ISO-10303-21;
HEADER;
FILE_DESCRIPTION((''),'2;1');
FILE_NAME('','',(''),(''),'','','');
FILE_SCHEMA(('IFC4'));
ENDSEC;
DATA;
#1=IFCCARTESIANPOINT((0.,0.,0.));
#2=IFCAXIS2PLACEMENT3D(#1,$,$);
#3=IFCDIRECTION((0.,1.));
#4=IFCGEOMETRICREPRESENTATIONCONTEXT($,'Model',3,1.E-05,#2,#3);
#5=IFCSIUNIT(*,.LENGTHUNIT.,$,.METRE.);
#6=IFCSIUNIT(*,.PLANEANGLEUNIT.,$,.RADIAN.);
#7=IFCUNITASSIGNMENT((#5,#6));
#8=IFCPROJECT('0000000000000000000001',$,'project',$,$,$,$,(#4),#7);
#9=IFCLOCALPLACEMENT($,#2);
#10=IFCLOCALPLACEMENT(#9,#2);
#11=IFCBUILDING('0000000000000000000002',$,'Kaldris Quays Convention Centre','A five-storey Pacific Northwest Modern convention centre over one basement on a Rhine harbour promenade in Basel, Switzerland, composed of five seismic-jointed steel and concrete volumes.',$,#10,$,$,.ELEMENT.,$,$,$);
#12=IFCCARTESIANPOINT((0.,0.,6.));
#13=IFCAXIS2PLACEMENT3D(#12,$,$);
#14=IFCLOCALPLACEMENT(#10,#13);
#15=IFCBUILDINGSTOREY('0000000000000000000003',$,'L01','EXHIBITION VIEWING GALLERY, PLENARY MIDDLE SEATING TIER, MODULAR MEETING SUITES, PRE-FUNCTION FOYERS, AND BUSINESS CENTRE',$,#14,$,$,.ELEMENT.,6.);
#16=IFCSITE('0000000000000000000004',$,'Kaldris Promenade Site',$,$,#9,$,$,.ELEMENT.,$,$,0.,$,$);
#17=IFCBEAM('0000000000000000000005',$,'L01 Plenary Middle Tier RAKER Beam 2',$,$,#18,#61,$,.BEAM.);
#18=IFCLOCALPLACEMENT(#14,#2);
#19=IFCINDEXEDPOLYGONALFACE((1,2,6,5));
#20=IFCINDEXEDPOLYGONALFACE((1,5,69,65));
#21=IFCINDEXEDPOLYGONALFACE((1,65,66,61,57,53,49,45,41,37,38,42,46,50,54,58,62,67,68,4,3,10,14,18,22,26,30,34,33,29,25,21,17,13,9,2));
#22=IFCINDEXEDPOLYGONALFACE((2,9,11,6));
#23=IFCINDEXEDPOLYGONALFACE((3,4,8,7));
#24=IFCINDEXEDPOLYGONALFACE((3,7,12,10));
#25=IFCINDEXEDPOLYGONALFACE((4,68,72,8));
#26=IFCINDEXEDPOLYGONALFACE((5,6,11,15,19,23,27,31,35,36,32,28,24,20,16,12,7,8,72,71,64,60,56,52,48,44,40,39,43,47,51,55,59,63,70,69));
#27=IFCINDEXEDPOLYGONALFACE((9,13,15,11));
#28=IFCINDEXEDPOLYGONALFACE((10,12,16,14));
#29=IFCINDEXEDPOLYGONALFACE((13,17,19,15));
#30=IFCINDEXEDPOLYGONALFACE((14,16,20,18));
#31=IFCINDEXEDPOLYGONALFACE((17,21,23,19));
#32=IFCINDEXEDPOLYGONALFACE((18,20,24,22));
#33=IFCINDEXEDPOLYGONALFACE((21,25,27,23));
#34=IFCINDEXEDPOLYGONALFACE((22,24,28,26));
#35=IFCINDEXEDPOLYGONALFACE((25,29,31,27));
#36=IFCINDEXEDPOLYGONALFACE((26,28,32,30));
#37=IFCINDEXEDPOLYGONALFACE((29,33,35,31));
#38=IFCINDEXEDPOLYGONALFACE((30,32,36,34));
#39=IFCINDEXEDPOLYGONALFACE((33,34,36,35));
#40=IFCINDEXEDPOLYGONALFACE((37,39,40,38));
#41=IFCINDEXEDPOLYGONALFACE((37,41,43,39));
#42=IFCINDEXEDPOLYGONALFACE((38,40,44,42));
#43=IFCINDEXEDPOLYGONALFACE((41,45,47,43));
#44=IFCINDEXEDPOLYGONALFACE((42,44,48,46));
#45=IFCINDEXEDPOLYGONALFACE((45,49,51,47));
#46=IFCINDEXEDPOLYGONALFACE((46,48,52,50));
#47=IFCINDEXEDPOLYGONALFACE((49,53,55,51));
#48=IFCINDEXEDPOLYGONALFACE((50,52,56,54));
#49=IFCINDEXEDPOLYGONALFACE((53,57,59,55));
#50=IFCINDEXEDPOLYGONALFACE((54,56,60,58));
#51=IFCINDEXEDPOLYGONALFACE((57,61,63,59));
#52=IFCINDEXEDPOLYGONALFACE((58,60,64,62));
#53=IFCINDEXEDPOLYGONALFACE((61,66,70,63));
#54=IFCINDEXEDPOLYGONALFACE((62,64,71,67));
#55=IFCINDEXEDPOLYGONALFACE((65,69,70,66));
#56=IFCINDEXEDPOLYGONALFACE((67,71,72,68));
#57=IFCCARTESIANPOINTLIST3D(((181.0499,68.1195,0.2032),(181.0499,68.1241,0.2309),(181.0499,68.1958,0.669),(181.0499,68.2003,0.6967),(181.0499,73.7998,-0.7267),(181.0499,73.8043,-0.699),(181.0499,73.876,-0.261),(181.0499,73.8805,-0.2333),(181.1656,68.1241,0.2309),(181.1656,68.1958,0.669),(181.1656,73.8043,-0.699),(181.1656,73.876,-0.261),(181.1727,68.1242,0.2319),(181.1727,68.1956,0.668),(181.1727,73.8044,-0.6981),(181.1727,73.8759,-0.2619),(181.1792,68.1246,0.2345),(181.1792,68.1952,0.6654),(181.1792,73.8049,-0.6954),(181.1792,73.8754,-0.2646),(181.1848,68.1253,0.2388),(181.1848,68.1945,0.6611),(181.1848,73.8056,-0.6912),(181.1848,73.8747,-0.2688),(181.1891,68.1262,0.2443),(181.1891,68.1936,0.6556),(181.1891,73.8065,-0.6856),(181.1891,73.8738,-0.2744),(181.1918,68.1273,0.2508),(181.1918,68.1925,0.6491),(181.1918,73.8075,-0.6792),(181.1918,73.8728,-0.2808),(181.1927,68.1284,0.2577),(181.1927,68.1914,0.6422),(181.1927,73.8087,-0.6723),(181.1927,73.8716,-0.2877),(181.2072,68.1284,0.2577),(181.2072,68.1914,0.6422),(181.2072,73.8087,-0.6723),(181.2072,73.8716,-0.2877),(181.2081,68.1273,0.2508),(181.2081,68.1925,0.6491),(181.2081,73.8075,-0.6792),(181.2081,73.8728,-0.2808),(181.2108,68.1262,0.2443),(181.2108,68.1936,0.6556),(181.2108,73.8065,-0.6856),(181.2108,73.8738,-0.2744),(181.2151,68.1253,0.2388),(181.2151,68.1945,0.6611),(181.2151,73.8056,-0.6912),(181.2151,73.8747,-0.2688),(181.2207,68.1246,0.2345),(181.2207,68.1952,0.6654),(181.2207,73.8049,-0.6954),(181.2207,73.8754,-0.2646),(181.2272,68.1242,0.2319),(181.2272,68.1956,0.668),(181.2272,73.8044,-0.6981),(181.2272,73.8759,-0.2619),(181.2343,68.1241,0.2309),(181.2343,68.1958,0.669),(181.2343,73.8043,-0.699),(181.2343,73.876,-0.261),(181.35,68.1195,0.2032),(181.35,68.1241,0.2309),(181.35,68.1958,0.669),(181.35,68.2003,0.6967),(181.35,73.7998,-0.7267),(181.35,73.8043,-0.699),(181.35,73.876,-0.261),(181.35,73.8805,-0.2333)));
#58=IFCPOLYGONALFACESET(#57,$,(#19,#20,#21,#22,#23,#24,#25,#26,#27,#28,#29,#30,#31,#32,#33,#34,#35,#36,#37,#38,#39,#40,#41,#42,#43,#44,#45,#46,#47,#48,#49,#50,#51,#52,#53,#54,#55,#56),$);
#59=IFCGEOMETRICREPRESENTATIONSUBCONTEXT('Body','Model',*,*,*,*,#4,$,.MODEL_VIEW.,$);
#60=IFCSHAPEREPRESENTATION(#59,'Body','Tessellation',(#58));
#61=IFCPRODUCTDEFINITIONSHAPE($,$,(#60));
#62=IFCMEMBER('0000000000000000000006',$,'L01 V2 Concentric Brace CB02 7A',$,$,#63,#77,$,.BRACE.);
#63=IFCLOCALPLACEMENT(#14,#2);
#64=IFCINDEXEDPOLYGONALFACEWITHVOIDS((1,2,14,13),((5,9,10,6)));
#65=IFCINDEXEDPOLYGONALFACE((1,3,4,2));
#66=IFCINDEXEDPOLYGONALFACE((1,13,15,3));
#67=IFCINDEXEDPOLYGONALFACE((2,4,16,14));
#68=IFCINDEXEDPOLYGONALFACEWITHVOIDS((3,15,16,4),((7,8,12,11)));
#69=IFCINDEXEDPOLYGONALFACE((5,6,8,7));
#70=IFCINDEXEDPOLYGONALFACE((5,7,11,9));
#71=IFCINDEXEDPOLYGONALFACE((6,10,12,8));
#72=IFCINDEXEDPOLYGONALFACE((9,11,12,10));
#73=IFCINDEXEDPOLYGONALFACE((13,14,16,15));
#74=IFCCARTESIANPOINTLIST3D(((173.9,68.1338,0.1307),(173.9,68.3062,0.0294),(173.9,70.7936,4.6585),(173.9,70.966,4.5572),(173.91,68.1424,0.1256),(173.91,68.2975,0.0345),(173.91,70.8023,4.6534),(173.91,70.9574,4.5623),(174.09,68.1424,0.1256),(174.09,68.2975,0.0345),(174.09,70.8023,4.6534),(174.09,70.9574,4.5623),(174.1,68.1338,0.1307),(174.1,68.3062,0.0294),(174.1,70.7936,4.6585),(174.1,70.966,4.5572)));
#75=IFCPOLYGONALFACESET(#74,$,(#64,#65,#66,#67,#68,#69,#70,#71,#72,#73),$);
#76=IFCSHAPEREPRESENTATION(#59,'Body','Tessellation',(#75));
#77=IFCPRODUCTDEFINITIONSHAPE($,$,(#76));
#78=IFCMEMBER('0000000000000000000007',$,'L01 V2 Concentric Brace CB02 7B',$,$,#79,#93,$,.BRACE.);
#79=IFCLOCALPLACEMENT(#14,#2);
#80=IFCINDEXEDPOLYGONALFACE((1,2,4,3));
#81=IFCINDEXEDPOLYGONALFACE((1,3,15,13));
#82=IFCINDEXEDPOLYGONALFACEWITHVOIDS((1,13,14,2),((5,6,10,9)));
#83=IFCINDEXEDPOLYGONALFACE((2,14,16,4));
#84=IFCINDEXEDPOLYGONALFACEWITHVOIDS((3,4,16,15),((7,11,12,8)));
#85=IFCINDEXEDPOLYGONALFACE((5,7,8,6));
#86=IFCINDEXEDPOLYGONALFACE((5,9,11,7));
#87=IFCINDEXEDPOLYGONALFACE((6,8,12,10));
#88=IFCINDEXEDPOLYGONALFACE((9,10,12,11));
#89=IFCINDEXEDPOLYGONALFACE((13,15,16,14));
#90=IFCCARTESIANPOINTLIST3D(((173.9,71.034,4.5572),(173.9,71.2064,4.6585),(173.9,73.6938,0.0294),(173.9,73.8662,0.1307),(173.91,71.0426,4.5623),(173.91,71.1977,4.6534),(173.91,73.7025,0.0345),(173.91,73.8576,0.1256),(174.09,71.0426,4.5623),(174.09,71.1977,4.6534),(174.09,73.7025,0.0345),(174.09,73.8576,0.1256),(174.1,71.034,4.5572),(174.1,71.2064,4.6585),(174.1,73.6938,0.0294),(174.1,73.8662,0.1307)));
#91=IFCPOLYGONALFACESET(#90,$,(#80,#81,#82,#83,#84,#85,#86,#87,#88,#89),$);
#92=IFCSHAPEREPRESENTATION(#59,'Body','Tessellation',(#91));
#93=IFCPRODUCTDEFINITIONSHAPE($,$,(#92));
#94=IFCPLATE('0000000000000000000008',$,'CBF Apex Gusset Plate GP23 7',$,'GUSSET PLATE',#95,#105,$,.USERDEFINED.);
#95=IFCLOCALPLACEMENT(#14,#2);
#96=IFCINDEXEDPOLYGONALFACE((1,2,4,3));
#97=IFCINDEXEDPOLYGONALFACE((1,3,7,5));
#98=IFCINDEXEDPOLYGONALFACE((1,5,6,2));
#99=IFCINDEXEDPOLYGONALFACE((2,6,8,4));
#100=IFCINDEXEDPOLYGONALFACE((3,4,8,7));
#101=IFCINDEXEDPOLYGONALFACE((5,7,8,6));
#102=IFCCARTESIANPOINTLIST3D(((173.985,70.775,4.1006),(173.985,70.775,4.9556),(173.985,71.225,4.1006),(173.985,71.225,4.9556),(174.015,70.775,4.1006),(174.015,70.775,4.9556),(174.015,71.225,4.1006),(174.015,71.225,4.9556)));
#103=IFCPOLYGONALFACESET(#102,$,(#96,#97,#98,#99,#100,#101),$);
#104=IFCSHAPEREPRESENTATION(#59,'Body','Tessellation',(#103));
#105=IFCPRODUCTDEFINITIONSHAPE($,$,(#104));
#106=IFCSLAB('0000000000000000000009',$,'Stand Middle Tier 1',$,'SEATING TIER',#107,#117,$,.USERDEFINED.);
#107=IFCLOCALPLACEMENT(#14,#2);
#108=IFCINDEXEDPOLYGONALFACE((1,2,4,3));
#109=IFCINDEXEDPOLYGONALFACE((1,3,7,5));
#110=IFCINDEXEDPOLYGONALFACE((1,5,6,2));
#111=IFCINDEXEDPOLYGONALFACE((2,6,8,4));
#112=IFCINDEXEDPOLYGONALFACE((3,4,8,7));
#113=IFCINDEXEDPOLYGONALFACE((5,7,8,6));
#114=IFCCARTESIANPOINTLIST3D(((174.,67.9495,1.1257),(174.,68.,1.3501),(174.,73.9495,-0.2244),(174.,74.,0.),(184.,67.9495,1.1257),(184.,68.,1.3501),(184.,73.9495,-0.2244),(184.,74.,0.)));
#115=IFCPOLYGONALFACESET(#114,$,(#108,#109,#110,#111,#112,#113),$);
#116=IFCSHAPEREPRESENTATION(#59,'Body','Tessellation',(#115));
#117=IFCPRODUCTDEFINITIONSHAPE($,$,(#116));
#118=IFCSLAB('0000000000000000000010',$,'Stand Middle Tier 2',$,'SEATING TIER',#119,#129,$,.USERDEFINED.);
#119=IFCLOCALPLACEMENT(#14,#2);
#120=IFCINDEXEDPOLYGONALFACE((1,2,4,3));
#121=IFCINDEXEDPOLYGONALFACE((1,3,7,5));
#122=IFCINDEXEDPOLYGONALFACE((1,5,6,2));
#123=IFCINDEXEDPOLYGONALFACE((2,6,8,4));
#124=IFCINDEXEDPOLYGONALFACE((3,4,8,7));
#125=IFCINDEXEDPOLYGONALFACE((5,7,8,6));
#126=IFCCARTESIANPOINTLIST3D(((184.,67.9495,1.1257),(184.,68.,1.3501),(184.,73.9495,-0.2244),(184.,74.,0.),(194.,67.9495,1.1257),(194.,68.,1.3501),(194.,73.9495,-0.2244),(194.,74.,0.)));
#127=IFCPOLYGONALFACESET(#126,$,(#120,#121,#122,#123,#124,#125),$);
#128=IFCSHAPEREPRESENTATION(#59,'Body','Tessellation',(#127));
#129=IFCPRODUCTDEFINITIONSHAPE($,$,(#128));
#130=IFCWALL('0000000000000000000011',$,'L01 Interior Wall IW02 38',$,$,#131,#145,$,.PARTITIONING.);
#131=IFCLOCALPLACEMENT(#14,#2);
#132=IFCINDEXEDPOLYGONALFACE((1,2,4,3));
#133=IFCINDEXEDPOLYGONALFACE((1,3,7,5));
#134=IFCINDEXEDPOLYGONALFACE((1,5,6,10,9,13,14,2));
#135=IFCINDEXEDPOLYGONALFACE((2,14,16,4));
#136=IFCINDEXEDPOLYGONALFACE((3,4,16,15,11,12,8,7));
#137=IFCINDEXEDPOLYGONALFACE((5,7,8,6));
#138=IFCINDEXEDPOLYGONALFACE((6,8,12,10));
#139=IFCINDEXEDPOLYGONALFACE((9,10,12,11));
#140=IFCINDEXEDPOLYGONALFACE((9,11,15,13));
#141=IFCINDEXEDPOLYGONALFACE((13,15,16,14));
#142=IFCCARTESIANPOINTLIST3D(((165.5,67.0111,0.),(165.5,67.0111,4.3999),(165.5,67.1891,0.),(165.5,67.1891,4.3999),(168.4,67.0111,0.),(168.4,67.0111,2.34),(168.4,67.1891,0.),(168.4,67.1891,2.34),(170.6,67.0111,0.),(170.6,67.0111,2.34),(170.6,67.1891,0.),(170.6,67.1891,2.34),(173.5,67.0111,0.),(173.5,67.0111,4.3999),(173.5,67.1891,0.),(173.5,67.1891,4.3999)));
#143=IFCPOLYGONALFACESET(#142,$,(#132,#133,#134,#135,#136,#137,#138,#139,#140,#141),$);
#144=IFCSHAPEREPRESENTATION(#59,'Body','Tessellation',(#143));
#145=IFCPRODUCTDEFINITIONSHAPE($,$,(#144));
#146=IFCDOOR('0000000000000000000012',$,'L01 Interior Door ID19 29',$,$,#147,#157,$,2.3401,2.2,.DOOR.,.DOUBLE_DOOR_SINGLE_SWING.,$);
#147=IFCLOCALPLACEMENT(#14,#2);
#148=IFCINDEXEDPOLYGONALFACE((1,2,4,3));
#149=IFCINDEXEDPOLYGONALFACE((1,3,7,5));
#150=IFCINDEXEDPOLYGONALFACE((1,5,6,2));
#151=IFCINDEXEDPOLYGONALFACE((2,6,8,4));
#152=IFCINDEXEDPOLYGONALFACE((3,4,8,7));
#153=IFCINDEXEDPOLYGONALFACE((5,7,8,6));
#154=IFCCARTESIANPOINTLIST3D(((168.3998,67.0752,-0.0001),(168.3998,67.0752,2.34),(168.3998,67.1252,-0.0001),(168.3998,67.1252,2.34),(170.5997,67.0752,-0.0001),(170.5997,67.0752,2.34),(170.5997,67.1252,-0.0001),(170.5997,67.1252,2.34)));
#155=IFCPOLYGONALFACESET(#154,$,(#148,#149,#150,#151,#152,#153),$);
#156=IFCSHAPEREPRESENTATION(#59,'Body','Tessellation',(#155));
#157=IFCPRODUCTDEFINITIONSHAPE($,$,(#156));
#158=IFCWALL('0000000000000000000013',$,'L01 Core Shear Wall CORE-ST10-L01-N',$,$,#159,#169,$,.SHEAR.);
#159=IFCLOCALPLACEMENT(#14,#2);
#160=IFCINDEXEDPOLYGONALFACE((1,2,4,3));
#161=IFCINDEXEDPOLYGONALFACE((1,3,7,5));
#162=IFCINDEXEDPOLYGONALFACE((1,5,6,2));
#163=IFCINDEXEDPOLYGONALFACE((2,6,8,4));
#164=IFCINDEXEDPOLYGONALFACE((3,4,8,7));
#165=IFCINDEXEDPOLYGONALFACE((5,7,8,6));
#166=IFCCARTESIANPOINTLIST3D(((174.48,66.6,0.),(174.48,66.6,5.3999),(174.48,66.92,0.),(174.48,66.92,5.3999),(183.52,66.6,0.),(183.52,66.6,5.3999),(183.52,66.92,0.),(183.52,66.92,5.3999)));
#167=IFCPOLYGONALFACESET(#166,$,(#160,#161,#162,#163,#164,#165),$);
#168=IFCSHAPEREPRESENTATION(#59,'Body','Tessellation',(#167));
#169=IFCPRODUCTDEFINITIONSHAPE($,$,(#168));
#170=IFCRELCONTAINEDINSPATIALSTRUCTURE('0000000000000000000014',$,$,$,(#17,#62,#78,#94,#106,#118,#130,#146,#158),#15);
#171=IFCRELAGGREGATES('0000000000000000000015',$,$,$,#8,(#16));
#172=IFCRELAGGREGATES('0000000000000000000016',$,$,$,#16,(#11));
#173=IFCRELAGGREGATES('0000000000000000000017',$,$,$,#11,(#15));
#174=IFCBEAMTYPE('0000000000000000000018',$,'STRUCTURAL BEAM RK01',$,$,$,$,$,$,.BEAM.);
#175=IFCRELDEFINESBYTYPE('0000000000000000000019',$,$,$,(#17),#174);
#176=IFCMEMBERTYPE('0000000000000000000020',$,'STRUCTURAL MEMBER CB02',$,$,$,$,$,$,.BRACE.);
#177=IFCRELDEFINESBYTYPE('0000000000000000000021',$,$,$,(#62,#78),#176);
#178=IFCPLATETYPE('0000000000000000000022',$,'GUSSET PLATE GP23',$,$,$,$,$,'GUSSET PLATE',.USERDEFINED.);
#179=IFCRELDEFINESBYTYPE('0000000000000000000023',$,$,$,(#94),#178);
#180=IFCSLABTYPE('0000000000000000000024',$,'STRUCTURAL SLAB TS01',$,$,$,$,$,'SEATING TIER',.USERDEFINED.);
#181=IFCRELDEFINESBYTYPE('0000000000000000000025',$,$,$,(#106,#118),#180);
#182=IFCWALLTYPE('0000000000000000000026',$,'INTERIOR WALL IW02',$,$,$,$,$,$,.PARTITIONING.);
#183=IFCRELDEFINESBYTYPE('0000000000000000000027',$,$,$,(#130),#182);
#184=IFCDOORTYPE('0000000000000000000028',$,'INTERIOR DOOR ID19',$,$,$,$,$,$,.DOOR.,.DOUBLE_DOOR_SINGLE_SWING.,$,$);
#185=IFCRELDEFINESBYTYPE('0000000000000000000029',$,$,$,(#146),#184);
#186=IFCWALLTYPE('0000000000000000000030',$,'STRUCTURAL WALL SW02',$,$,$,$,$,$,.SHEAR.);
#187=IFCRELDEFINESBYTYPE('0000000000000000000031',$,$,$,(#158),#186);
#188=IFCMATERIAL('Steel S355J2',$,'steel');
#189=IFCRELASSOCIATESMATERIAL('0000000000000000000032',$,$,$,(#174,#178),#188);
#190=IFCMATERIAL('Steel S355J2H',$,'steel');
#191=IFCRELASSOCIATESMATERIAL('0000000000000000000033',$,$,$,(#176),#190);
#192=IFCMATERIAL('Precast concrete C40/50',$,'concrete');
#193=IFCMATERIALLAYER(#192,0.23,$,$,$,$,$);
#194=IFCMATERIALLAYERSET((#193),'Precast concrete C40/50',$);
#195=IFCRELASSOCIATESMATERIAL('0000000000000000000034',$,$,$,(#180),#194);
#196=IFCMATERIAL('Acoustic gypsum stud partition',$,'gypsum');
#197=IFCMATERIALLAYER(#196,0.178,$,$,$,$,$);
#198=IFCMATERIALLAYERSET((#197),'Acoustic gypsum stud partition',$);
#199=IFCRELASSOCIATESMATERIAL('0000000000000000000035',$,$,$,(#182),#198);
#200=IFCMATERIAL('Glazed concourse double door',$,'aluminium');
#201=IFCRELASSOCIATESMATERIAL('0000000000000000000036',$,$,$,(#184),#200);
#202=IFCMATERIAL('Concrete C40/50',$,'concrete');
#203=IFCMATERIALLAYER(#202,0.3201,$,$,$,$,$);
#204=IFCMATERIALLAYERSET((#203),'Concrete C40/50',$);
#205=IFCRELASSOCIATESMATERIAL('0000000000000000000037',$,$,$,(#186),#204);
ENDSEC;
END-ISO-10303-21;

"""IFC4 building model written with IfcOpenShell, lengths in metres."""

from ifc_helpers import new_model, si_unit, direction, frame, frame_2d, origin, origin_2d, place, context, subcontext, project, spatial, polyline, rectangle, hollow_rectangle, i_section, outline, extrude, material, layer, layer_set, material_profile, profile_set, type_object, element, fill, save


model = new_model("IFC4")

# Units and contexts
model_context = context("Model", 3, precision=1e-05, world=origin(), true_north=direction((0.0, 1.0)))
body_context = subcontext(model_context, "Body", "Model", "MODEL_VIEW")
ifc_project = project(units=[si_unit("LENGTHUNIT", "METRE"), si_unit("PLANEANGLEUNIT", "RADIAN")], contexts=[model_context])

# Site, building, storey
site_placement = place(None, origin())
site = spatial("IfcSite", under=ifc_project, at=site_placement, Name="Kaldris Promenade Site", CompositionType="ELEMENT", RefElevation=0.0)
building_placement = place(site_placement, origin())
building = spatial("IfcBuilding", under=site, at=building_placement, Name="Kaldris Quays Convention Centre", Description="A five-storey Pacific Northwest Modern convention centre over one basement on a Rhine harbour promenade in Basel, Switzerland, composed of five seismic-jointed steel and concrete volumes.", CompositionType="ELEMENT")
storey_placement = place(building_placement, frame((0.0, 0.0, 6.0)))
storey = spatial("IfcBuildingStorey", under=building, at=storey_placement, Name="L01", Description="EXHIBITION VIEWING GALLERY, PLENARY MIDDLE SEATING TIER, MODULAR MEETING SUITES, PRE-FUNCTION FOYERS, AND BUSINESS CENTRE", CompositionType="ELEMENT", Elevation=6.0)

# Shared definitions
ifc_material_1 = material(Name="Steel S355J2", Category="steel")

# Beam
ifc_material_profile_1 = material_profile(ifc_material_1, i_section(OverallWidth=0.3, OverallDepth=0.5, WebThickness=0.0144, FlangeThickness=0.0281, FilletRadius=0.0271, at=origin_2d()), Name="HEB 500")
ifc_profile_set_1 = profile_set([ifc_material_profile_1], Name="Steel S355J2")
beam_type_1 = type_object("IfcBeamType", Name="STRUCTURAL BEAM RK01", PredefinedType="BEAM", material=ifc_profile_set_1)
for number, where, z_axis, x_axis, name in (
    (1, (181.2, 68.1599, 0.45), (0.0, 0.986862, -0.161564), (-1.0, 0.0, 0.0), "L01 Plenary Middle Tier RAKER Beam 2"),
):
    element("IfcBeam", number, at=place(storey_placement, frame(where, z_axis=z_axis, x_axis=x_axis)), inside=storey, type_object=beam_type_1, Name=name, PredefinedType="BEAM", context=body_context, shape_type="SweptSolid", body=[
        extrude(i_section(OverallWidth=0.3, OverallDepth=0.5, WebThickness=0.0144, FlangeThickness=0.0281, FilletRadius=0.0271, at=origin_2d()), origin(), (0.0, 0.0, 1.0), 5.7559),
    ])

# Members
ifc_material_2 = material(Name="Steel S355J2H", Category="steel")
ifc_material_profile_2 = material_profile(ifc_material_2, hollow_rectangle(XDim=0.2, YDim=0.2, WallThickness=0.01, at=origin_2d()), Name="SHS 200x200x10")
ifc_profile_set_2 = profile_set([ifc_material_profile_2], Name="Steel S355J2H")
member_type = type_object("IfcMemberType", Name="STRUCTURAL MEMBER CB02", PredefinedType="BRACE", material=ifc_profile_set_2)
for number, where, z_axis, x_axis, name in (
    (2, (174.0, 68.22, 0.0801), (0.0, 0.506522, 0.862227), (-1.0, 0.0, 0.0), "L01 V2 Concentric Brace CB02 7A"),
    (3, (174.0, 73.78, 0.0801), (0.0, -0.506522, 0.862227), (1.0, 0.0, 0.0), "L01 V2 Concentric Brace CB02 7B"),
):
    element("IfcMember", number, at=place(storey_placement, frame(where, z_axis=z_axis, x_axis=x_axis)), inside=storey, type_object=member_type, Name=name, PredefinedType="BRACE", context=body_context, shape_type="SweptSolid", body=[
        extrude(hollow_rectangle(XDim=0.2, YDim=0.2, WallThickness=0.01, at=origin_2d()), origin(), (0.0, 0.0, 1.0), 5.2512),
    ])

# Plate
plate_type = type_object("IfcPlateType", Name="GUSSET PLATE GP23", ElementType="GUSSET PLATE", PredefinedType="USERDEFINED", material=ifc_material_1)
plate_placement = place(storey_placement, frame((174.0, 71.0, 4.1006), z_axis=(0.0, 0.0, 1.0), x_axis=(1.0, 0.0, 0.0)))
element("IfcPlate", 4, at=plate_placement, inside=storey, type_object=plate_type, Name="CBF Apex Gusset Plate GP23 7", ObjectType="GUSSET PLATE", PredefinedType="USERDEFINED", context=body_context, shape_type="SweptSolid", body=[
    extrude(rectangle(XDim=0.03, YDim=0.45, at=origin_2d()), origin(), (0.0, 0.0, 1.0), 0.855),
])

# Slabs
ifc_material_3 = material(Name="Precast concrete C40/50", Category="concrete")
ifc_layer_1 = layer(ifc_material_3, 0.23)
ifc_layer_set_1 = layer_set([ifc_layer_1], Name="Precast concrete C40/50")
slab_type = type_object("IfcSlabType", Name="STRUCTURAL SLAB TS01", ElementType="SEATING TIER", PredefinedType="USERDEFINED", material=ifc_layer_set_1)
for number, where, z_axis, x_axis, name in (
    (5, (174.0, 68.0, 1.3501), (0.0, 0.219527, 0.975606), (1.0, 0.0, 0.0), "Stand Middle Tier 1"),
    (6, (184.0, 68.0, 1.3501), (0.0, 0.219527, 0.975606), (1.0, 0.0, 0.0), "Stand Middle Tier 2"),
):
    element("IfcSlab", number, at=place(storey_placement, frame(where, z_axis=z_axis, x_axis=x_axis)), inside=storey, type_object=slab_type, Name=name, ObjectType="SEATING TIER", PredefinedType="USERDEFINED", context=body_context, shape_type="SweptSolid", body=[
        extrude(outline(polyline([(0.0, 0.0), (10.0, 0.0), (10.0, 6.15), (0.0, 6.15), (0.0, 0.0)])), origin(), (0.0, 0.0, -1.0), 0.23),
    ])

# Wall, opening, door
ifc_material_4 = material(Name="Acoustic gypsum stud partition", Category="gypsum")
ifc_layer_2 = layer(ifc_material_4, 0.178)
ifc_layer_set_2 = layer_set([ifc_layer_2], Name="Acoustic gypsum stud partition")
wall_type_1 = type_object("IfcWallType", Name="INTERIOR WALL IW02", PredefinedType="PARTITIONING", material=ifc_layer_set_2)
wall_1_placement = place(storey_placement, frame((165.5, 67.1001, 0.0), z_axis=(0.0, 0.0, 1.0), x_axis=(1.0, 0.0, 0.0)))
wall_1 = element("IfcWall", 7, at=wall_1_placement, inside=storey, type_object=wall_type_1, Name="L01 Interior Wall IW02 38", PredefinedType="PARTITIONING", context=body_context, shape_type="SweptSolid", body=[
    extrude(rectangle(XDim=8.0, YDim=0.178, at=frame_2d((4.0, 0.0))), origin(), (0.0, 0.0, 1.0), 4.3999),
])
opening_1_placement = place(wall_1_placement, frame((2.8999, 0.0, 0.0)))
opening_1 = element("IfcOpeningElement", 8, at=opening_1_placement, cuts=wall_1, PredefinedType="OPENING", context=body_context, shape_type="SweptSolid", body=[
    extrude(rectangle(XDim=2.2, YDim=2.3401, at=frame_2d((1.1001, 1.1699))), frame((0.0, 0.0991, 0.0), z_axis=(0.0, -1.0, 0.0), x_axis=(1.0, 0.0, 0.0)), (0.0, 0.0, 1.0), 0.198),
])
ifc_material_5 = material(Name="Glazed concourse double door", Category="aluminium")
door_type_1 = type_object("IfcDoorType", Name="INTERIOR DOOR ID19", OperationType="DOUBLE_DOOR_SINGLE_SWING", PredefinedType="DOOR", material=ifc_material_5)
door_1_placement = place(opening_1_placement, frame((2.2, 0.0, 0.0), z_axis=(0.0, 0.0, 1.0), x_axis=(-1.0, 0.0, 0.0)))
door_1 = element("IfcDoor", 9, at=door_1_placement, inside=storey, type_object=door_type_1, Name="L01 Interior Door ID19 29", OperationType="DOUBLE_DOOR_SINGLE_SWING", OverallHeight=2.3401, OverallWidth=2.2, PredefinedType="DOOR", context=body_context, shape_type="SweptSolid", body=[
    extrude(rectangle(XDim=2.2, YDim=2.3401, at=frame_2d((1.1001, 1.1699))), frame((0.0, 0.0249, 0.0), z_axis=(0.0, -1.0, 0.0), x_axis=(1.0, 0.0, 0.0)), (0.0, 0.0, 1.0), 0.05),
])
fill(opening_1, door_1)

# Wall
ifc_material_6 = material(Name="Concrete C40/50", Category="concrete")
ifc_layer_3 = layer(ifc_material_6, 0.3201)
ifc_layer_set_3 = layer_set([ifc_layer_3], Name="Concrete C40/50")
wall_type_2 = type_object("IfcWallType", Name="STRUCTURAL WALL SW02", PredefinedType="SHEAR", material=ifc_layer_set_3)
wall_2_placement = place(storey_placement, frame((174.48, 66.76, 0.0), z_axis=(0.0, 0.0, 1.0), x_axis=(1.0, 0.0, 0.0)))
element("IfcWall", 10, at=wall_2_placement, inside=storey, type_object=wall_type_2, Name="L01 Core Shear Wall CORE-ST10-L01-N", PredefinedType="SHEAR", context=body_context, shape_type="SweptSolid", body=[
    extrude(rectangle(XDim=9.04, YDim=0.3201, at=frame_2d((4.52, 0.0))), origin(), (0.0, 0.0, 1.0), 5.3999),
])

save(model, "model.ifc")
